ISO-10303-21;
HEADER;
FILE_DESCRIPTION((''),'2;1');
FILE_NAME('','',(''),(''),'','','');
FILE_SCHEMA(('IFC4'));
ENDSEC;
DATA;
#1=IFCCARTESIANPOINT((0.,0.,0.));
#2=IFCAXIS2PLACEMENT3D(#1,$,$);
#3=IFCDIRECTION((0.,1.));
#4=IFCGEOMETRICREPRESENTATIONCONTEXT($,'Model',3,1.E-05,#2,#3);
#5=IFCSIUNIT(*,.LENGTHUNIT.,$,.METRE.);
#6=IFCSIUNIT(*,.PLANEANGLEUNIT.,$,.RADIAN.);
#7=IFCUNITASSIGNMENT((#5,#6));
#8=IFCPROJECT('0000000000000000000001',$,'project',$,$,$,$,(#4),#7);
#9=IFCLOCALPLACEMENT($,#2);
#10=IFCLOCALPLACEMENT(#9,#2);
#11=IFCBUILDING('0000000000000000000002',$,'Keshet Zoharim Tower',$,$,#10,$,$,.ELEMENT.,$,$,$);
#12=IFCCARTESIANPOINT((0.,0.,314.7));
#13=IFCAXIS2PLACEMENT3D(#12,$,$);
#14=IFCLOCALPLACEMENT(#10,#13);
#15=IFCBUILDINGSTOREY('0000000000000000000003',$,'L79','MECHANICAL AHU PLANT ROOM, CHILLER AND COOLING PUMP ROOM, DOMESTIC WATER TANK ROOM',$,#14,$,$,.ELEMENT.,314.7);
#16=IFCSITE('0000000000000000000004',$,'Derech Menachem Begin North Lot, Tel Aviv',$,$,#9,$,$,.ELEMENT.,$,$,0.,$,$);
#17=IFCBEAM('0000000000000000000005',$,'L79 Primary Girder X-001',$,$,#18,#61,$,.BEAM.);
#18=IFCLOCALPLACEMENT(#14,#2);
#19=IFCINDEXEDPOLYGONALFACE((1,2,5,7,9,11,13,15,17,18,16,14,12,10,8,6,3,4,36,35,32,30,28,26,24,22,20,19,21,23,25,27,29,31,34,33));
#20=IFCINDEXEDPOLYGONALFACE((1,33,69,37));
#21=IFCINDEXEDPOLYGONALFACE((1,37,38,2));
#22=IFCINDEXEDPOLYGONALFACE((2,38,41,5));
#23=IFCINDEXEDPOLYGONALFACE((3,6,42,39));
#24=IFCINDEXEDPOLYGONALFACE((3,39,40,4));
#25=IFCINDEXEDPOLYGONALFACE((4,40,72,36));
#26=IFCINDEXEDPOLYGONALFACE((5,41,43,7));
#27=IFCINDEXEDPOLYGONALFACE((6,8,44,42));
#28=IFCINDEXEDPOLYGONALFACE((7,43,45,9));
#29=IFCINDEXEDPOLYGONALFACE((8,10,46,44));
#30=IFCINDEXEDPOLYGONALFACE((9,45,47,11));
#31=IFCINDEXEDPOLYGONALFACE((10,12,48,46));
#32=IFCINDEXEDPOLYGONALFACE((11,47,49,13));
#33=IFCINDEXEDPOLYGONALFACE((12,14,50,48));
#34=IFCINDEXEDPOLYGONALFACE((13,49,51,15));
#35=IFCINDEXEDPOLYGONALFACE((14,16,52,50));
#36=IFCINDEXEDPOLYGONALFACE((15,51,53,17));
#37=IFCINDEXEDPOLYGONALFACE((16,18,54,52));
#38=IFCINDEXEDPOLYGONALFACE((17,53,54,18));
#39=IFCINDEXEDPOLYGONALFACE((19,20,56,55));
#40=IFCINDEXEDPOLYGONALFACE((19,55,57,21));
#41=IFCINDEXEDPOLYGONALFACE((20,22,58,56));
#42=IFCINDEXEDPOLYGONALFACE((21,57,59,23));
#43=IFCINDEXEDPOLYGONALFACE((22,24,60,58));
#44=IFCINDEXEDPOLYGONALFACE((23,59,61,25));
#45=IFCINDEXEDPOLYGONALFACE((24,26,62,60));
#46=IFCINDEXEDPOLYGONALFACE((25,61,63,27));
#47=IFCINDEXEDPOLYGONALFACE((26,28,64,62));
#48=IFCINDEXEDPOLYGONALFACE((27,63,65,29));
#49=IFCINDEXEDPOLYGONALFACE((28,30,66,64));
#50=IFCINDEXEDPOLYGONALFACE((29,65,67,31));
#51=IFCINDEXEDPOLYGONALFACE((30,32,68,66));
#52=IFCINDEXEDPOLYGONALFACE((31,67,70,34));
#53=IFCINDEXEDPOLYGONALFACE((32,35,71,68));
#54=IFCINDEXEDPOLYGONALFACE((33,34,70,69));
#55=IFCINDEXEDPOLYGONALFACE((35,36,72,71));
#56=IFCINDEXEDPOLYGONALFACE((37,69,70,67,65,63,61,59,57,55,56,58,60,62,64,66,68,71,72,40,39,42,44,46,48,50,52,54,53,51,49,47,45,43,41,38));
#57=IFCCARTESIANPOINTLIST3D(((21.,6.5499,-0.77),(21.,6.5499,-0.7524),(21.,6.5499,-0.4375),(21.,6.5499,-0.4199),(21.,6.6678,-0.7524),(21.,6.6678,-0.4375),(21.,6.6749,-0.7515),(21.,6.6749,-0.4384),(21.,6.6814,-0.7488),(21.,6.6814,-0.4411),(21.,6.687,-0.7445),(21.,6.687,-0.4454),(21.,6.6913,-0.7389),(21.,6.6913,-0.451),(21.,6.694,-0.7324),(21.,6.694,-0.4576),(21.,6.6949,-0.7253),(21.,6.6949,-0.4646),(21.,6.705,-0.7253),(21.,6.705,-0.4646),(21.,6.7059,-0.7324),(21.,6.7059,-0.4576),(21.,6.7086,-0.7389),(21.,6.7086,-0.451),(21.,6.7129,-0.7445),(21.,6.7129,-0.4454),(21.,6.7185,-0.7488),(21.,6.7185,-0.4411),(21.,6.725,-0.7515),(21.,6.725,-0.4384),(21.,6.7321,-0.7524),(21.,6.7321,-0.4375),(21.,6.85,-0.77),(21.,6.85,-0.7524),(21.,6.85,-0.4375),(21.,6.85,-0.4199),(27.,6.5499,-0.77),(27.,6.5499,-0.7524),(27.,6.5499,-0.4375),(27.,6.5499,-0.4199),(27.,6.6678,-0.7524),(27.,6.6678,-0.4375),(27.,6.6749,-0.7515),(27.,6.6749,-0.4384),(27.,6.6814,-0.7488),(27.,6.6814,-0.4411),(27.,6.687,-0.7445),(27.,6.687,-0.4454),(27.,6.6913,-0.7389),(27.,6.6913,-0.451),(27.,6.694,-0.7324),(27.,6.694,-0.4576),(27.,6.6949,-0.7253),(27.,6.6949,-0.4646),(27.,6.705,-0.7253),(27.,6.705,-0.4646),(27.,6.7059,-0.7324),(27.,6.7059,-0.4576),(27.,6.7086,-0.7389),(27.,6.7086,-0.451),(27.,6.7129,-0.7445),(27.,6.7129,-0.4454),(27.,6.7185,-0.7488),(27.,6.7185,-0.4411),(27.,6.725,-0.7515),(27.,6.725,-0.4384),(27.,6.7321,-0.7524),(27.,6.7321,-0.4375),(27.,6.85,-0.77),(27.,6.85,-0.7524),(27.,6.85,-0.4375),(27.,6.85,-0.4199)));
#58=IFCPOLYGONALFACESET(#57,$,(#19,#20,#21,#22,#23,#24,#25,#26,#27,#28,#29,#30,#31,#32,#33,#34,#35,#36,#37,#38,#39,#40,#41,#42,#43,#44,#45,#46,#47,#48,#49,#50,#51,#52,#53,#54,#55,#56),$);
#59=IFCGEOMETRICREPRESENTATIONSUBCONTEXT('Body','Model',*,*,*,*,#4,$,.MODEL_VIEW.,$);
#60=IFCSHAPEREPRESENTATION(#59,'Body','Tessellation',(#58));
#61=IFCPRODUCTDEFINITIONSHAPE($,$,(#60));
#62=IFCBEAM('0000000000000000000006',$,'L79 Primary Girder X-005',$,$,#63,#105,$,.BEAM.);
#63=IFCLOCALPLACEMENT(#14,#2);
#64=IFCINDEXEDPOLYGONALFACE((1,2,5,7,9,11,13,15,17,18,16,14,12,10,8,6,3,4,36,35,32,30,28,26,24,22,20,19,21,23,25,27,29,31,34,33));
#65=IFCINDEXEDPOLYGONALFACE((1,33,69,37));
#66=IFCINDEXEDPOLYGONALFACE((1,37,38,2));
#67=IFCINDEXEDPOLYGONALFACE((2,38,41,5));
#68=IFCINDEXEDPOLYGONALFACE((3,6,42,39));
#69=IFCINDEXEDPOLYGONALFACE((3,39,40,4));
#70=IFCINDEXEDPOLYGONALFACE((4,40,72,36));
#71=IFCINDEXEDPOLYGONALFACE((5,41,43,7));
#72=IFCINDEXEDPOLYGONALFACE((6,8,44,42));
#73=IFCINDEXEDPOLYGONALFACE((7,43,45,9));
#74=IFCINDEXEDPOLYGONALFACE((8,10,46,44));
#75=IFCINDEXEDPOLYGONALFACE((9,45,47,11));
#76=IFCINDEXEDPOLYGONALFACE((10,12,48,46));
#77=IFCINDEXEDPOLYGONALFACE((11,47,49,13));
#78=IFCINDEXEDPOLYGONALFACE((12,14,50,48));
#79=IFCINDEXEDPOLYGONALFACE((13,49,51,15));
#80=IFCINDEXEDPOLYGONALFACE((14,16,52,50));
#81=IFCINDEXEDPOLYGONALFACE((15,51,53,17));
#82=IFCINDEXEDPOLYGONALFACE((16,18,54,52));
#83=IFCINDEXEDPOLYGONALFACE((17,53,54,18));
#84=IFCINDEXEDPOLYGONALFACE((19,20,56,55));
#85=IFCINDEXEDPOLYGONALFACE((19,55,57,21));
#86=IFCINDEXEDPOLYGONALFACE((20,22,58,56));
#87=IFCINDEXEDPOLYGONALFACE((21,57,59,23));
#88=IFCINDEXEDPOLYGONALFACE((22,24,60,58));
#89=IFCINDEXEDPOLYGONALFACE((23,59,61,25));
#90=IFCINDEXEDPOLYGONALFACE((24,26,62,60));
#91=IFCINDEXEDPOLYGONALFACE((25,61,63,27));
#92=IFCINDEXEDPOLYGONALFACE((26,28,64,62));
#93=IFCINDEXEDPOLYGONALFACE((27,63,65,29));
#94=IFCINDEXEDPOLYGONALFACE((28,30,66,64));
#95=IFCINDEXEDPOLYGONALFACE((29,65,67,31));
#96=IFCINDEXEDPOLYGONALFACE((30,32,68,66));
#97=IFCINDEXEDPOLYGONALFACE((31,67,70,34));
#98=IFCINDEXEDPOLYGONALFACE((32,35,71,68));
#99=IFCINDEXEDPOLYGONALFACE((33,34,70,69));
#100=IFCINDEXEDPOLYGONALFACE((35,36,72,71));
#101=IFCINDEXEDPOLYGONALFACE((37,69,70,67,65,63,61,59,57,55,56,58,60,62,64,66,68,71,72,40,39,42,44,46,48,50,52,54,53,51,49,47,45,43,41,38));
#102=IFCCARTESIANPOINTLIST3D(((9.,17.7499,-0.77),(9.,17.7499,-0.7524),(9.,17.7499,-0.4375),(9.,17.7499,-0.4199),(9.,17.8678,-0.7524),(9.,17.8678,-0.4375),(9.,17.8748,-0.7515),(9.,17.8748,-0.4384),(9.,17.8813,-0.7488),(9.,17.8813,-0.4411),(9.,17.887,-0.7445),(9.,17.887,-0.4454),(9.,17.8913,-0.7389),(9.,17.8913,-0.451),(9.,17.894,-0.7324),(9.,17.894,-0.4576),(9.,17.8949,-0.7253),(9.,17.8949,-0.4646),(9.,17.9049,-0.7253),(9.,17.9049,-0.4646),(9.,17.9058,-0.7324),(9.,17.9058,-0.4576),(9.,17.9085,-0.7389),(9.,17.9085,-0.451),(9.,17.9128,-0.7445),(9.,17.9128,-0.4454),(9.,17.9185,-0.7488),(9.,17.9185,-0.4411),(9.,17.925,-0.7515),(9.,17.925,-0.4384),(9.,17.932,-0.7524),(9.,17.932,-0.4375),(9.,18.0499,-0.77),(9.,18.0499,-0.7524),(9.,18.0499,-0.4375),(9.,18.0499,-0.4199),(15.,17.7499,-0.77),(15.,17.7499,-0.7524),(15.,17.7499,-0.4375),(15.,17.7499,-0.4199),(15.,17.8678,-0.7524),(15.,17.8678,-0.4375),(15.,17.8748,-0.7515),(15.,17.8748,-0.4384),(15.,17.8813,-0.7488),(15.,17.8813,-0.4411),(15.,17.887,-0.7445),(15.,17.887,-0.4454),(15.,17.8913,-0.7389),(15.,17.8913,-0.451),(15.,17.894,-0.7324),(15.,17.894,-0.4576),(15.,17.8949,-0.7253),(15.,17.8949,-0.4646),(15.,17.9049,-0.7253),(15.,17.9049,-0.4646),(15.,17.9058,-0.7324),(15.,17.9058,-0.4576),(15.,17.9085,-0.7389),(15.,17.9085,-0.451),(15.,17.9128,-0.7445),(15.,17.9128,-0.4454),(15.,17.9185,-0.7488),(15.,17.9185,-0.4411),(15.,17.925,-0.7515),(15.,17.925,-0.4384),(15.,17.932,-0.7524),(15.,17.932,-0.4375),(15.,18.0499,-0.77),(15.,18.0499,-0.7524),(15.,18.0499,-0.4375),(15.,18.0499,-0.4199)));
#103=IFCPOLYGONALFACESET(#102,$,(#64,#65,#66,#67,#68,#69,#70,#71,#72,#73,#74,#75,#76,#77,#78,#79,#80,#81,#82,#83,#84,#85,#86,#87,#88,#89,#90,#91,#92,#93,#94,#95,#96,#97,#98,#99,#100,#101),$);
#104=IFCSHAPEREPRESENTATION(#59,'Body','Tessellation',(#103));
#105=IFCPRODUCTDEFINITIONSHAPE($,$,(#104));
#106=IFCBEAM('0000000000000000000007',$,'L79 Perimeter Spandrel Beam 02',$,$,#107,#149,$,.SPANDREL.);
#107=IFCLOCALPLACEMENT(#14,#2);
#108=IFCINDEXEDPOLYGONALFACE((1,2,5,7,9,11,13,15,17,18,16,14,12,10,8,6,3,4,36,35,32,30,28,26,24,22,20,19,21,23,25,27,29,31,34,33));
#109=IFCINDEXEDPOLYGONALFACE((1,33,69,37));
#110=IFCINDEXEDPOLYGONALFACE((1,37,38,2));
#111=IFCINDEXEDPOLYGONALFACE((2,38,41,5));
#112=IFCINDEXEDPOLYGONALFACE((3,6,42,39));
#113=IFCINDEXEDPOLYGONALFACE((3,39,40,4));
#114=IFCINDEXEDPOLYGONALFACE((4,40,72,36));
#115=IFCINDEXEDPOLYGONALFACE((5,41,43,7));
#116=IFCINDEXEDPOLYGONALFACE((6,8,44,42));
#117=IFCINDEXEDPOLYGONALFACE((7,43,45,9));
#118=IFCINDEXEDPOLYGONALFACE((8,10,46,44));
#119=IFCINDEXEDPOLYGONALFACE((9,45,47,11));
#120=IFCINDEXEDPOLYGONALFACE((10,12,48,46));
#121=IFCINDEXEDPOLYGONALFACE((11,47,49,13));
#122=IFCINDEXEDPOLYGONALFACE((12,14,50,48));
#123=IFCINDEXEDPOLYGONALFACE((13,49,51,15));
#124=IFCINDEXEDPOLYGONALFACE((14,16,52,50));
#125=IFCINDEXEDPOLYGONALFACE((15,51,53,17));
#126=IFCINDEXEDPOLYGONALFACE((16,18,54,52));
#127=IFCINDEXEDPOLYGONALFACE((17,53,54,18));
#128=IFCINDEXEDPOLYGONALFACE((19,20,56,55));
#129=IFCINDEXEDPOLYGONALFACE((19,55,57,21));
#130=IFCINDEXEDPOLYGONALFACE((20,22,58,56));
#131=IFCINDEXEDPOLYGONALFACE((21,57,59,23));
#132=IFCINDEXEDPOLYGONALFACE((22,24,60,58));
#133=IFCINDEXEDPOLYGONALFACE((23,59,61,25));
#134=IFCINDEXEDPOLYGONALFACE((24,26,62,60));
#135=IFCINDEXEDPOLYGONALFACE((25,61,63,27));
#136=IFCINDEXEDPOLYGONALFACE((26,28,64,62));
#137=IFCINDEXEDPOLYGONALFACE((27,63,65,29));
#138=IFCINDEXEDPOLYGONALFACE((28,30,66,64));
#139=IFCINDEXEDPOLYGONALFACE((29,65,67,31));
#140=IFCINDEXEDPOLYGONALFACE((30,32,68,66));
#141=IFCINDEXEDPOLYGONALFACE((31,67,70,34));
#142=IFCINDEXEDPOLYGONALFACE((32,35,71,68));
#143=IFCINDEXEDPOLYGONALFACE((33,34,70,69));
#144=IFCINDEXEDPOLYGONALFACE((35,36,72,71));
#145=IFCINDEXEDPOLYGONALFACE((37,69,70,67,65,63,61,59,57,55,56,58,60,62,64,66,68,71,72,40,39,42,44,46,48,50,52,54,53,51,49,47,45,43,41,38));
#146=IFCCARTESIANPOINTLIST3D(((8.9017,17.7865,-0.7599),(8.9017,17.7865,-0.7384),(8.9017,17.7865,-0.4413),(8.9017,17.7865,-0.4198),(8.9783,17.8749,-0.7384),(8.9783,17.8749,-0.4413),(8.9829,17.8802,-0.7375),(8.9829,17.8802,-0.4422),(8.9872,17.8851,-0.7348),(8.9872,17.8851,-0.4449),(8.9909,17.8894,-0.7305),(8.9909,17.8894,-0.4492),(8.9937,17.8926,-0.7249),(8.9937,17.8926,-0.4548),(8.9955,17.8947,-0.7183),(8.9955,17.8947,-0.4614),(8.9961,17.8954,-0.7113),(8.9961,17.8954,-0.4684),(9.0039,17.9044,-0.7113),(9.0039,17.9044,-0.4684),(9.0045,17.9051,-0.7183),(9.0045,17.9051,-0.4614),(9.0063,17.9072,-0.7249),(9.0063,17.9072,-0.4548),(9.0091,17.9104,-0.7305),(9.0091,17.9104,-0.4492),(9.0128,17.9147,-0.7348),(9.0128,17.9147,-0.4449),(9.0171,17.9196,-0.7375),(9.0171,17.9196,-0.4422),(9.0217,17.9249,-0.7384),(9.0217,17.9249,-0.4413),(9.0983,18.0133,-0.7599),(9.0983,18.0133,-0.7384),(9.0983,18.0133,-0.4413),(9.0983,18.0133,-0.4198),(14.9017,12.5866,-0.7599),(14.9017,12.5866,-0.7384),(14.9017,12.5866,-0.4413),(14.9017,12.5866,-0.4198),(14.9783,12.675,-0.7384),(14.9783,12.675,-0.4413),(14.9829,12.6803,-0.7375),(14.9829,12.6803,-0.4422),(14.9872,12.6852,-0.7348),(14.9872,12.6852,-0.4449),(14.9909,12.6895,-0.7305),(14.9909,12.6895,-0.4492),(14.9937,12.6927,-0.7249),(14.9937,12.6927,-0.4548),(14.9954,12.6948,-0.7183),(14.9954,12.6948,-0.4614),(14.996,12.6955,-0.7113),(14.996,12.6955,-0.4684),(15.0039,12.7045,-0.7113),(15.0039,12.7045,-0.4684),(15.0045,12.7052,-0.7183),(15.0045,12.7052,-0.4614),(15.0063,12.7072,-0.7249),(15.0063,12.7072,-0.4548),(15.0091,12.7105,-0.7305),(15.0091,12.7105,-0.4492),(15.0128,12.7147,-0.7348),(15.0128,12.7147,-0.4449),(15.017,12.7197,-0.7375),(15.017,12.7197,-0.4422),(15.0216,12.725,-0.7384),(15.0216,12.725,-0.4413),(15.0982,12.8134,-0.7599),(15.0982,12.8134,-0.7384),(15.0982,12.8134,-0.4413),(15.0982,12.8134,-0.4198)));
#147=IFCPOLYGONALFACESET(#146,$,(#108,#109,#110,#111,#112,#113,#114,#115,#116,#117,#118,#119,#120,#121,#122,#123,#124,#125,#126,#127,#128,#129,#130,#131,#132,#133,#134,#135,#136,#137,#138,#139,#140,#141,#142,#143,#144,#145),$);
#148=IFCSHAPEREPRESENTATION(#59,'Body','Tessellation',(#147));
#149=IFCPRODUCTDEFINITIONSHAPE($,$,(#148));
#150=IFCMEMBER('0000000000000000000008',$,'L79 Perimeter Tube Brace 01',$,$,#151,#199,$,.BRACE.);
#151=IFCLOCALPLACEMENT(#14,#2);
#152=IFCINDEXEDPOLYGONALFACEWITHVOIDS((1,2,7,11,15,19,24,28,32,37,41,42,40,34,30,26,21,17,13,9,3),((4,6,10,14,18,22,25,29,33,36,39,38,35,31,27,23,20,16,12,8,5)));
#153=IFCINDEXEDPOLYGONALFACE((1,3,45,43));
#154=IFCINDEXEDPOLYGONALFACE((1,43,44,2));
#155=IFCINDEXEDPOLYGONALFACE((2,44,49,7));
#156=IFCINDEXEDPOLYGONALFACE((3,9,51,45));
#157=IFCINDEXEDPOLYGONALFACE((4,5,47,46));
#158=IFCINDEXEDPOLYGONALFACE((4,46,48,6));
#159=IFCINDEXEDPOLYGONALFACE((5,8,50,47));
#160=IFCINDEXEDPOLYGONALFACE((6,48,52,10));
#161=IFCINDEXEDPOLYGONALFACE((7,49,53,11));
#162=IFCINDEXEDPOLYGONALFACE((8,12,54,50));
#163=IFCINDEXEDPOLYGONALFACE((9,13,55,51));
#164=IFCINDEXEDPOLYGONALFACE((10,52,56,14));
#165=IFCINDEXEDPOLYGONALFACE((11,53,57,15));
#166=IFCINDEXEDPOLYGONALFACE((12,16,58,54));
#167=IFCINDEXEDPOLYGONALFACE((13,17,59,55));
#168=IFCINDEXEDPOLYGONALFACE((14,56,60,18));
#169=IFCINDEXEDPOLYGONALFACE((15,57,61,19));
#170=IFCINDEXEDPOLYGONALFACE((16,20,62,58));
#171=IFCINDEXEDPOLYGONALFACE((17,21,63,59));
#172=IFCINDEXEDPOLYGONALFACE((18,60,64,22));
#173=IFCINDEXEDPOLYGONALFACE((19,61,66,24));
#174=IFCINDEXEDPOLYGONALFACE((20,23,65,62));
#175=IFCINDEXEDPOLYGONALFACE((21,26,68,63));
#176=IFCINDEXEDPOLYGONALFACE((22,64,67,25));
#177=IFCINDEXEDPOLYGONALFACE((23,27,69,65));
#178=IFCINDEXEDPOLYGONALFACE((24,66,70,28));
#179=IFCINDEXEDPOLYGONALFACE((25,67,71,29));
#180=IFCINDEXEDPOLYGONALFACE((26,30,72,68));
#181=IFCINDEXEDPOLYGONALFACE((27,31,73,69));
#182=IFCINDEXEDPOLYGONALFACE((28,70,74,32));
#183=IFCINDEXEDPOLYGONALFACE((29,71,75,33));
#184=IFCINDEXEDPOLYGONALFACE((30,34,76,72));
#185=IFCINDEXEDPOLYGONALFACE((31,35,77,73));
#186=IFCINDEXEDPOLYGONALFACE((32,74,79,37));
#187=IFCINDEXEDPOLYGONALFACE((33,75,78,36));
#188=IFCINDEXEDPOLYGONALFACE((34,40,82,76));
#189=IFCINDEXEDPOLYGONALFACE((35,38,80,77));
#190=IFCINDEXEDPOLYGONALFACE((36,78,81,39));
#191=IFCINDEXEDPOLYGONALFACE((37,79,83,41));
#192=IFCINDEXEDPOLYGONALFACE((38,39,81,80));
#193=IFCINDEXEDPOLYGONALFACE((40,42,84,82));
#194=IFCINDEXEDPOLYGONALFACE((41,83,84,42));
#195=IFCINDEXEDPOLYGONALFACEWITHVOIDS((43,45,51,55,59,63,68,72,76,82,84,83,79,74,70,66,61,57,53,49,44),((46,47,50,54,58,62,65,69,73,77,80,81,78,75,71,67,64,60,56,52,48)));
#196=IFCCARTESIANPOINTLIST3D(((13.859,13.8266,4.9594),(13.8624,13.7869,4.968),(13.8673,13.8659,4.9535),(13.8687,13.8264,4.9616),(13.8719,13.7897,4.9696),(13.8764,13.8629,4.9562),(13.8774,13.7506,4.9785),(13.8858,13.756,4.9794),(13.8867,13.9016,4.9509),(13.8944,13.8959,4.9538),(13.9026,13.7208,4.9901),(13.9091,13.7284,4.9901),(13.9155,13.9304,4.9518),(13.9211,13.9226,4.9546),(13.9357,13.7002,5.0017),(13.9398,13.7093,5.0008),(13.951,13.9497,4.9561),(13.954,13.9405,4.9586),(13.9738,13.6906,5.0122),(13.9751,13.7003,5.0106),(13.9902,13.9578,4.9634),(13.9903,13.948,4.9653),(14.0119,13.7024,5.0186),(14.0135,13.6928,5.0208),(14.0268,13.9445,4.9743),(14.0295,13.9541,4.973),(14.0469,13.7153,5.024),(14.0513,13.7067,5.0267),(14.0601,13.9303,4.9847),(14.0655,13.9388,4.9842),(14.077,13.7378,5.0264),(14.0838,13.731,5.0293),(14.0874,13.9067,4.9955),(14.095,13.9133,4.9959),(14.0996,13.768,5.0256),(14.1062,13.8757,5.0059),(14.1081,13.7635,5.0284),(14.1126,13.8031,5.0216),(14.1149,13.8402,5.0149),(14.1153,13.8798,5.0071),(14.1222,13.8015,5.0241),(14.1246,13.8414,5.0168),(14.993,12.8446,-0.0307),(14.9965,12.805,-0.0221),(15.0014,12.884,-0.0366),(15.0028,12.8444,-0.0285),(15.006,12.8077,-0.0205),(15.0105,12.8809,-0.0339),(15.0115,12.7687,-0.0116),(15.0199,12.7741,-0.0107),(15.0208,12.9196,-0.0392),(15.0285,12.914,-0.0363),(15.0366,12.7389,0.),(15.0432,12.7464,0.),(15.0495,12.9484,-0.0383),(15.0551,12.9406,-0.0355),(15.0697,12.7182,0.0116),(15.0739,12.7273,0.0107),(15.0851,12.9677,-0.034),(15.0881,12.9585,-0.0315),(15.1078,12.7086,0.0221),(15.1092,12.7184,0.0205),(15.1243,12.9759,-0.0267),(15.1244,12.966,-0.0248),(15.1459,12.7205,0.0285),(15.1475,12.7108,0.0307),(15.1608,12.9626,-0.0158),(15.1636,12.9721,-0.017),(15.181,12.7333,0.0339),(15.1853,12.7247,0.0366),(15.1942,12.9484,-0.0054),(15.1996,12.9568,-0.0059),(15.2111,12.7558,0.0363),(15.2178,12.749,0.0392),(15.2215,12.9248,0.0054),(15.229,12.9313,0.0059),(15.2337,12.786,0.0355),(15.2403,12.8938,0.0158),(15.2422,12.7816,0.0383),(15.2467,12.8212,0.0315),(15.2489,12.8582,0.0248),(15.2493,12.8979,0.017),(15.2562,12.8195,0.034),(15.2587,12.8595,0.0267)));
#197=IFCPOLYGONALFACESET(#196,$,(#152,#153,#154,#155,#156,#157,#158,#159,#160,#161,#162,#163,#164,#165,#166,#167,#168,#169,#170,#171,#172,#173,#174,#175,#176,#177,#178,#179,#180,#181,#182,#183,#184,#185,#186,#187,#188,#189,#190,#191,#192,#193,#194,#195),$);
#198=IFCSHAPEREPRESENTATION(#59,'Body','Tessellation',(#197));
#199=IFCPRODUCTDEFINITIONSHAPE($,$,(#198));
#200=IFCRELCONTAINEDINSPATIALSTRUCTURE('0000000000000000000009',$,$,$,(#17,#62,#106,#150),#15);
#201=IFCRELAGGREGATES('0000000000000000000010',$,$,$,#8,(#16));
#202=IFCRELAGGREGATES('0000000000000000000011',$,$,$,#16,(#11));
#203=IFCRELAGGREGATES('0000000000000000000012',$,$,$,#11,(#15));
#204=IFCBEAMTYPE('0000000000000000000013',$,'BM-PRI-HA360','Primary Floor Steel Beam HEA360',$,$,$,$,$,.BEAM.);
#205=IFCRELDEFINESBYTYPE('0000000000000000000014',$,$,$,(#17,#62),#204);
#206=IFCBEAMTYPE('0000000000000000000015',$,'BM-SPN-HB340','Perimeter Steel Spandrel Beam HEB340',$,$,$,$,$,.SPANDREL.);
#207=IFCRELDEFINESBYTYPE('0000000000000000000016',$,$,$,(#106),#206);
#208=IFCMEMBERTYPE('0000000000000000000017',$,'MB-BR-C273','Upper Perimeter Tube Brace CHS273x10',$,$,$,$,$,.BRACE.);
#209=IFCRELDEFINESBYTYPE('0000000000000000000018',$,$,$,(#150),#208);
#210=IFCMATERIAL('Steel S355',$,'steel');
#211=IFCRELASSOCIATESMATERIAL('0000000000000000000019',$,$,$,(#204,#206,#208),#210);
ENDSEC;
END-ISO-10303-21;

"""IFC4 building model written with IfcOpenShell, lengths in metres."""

from ifc_helpers import new_model, si_unit, direction, frame, origin, origin_2d, place, context, subcontext, project, spatial, hollow_circle, i_section, extrude, material, material_profile, profile_set, type_object, element, save


model = new_model("IFC4")

# Units and contexts
model_context = context("Model", 3, precision=1e-05, world=origin(), true_north=direction((0.0, 1.0)))
body_context = subcontext(model_context, "Body", "Model", "MODEL_VIEW")
ifc_project = project(units=[si_unit("LENGTHUNIT", "METRE"), si_unit("PLANEANGLEUNIT", "RADIAN")], contexts=[model_context])

# Site, building, storey
site_placement = place(None, origin())
site = spatial("IfcSite", under=ifc_project, at=site_placement, Name="Derech Menachem Begin North Lot, Tel Aviv", CompositionType="ELEMENT", RefElevation=0.0)
building_placement = place(site_placement, origin())
building = spatial("IfcBuilding", under=site, at=building_placement, Name="Keshet Zoharim Tower", CompositionType="ELEMENT")
storey_placement = place(building_placement, frame((0.0, 0.0, 314.7)))
storey = spatial("IfcBuildingStorey", under=building, at=storey_placement, Name="L79", Description="MECHANICAL AHU PLANT ROOM, CHILLER AND COOLING PUMP ROOM, DOMESTIC WATER TANK ROOM", CompositionType="ELEMENT", Elevation=314.7)

# Shared definitions
ifc_material_1 = material(Name="Steel S355", Category="steel")

# Beams
ifc_material_profile_1 = material_profile(ifc_material_1, i_section(OverallWidth=0.3, OverallDepth=0.3501, WebThickness=0.01, FlangeThickness=0.0176, FilletRadius=0.0271, at=origin_2d()), Name="HEA360")
ifc_profile_set_1 = profile_set([ifc_material_profile_1], Name="Steel S355")
beam_type_1 = type_object("IfcBeamType", Name="BM-PRI-HA360", Description="Primary Floor Steel Beam HEA360", PredefinedType="BEAM", material=ifc_profile_set_1)
for number, where, z_axis, x_axis, name in (
    (1, (21.0, 6.7, -0.595), (1.0, 0.0, 0.0), (0.0, 1.0, 0.0), "L79 Primary Girder X-001"),
    (2, (9.0, 17.8999, -0.595), (1.0, 0.0, 0.0), (0.0, 1.0, 0.0), "L79 Primary Girder X-005"),
):
    element("IfcBeam", number, at=place(storey_placement, frame(where, z_axis=z_axis, x_axis=x_axis)), inside=storey, type_object=beam_type_1, Name=name, PredefinedType="BEAM", context=body_context, shape_type="SweptSolid", body=[
        extrude(i_section(OverallWidth=0.3, OverallDepth=0.3501, WebThickness=0.01, FlangeThickness=0.0176, FilletRadius=0.0271, at=origin_2d()), origin(), (0.0, 0.0, 1.0), 6.0),
    ])
ifc_material_profile_2 = material_profile(ifc_material_1, i_section(OverallWidth=0.3, OverallDepth=0.3401, WebThickness=0.012, FlangeThickness=0.0215, FilletRadius=0.0271, at=origin_2d()), Name="HEB340")
ifc_profile_set_2 = profile_set([ifc_material_profile_2], Name="Steel S355")
beam_type_2 = type_object("IfcBeamType", Name="BM-SPN-HB340", Description="Perimeter Steel Spandrel Beam HEB340", PredefinedType="SPANDREL", material=ifc_profile_set_2)
beam_1_placement = place(storey_placement, frame((9.0, 17.8999, -0.5898), z_axis=(0.755692, -0.654927, 0.0), x_axis=(0.654927, 0.755692, 0.0)))
element("IfcBeam", 3, at=beam_1_placement, inside=storey, type_object=beam_type_2, Name="L79 Perimeter Spandrel Beam 02", PredefinedType="SPANDREL", context=body_context, shape_type="SweptSolid", body=[
    extrude(i_section(OverallWidth=0.3, OverallDepth=0.3401, WebThickness=0.012, FlangeThickness=0.0215, FilletRadius=0.0271, at=origin_2d()), origin(), (0.0, 0.0, 1.0), 7.9397),
])

# Member
ifc_material_profile_3 = material_profile(ifc_material_1, hollow_circle(Radius=0.1365, WallThickness=0.01, at=origin_2d()), Name="CHS273x10")
ifc_profile_set_3 = profile_set([ifc_material_profile_3], Name="Steel S355")
member_type = type_object("IfcMemberType", Name="MB-BR-C273", Description="Upper Perimeter Tube Brace CHS273x10", PredefinedType="BRACE", material=ifc_profile_set_3)
member_placement = place(storey_placement, frame((15.126, 12.842, 0.0), z_axis=(-0.21764, 0.18845, 0.957664), x_axis=(-0.65459, -0.755984, 0.0)))
element("IfcMember", 4, at=member_placement, inside=storey, type_object=member_type, Name="L79 Perimeter Tube Brace 01", PredefinedType="BRACE", context=body_context, shape_type="SweptSolid", body=[
    extrude(hollow_circle(Radius=0.1365, WallThickness=0.01, at=origin_2d()), origin(), (0.0, 0.0, 1.0), 5.2107),
])

save(model, "model.ifc")
